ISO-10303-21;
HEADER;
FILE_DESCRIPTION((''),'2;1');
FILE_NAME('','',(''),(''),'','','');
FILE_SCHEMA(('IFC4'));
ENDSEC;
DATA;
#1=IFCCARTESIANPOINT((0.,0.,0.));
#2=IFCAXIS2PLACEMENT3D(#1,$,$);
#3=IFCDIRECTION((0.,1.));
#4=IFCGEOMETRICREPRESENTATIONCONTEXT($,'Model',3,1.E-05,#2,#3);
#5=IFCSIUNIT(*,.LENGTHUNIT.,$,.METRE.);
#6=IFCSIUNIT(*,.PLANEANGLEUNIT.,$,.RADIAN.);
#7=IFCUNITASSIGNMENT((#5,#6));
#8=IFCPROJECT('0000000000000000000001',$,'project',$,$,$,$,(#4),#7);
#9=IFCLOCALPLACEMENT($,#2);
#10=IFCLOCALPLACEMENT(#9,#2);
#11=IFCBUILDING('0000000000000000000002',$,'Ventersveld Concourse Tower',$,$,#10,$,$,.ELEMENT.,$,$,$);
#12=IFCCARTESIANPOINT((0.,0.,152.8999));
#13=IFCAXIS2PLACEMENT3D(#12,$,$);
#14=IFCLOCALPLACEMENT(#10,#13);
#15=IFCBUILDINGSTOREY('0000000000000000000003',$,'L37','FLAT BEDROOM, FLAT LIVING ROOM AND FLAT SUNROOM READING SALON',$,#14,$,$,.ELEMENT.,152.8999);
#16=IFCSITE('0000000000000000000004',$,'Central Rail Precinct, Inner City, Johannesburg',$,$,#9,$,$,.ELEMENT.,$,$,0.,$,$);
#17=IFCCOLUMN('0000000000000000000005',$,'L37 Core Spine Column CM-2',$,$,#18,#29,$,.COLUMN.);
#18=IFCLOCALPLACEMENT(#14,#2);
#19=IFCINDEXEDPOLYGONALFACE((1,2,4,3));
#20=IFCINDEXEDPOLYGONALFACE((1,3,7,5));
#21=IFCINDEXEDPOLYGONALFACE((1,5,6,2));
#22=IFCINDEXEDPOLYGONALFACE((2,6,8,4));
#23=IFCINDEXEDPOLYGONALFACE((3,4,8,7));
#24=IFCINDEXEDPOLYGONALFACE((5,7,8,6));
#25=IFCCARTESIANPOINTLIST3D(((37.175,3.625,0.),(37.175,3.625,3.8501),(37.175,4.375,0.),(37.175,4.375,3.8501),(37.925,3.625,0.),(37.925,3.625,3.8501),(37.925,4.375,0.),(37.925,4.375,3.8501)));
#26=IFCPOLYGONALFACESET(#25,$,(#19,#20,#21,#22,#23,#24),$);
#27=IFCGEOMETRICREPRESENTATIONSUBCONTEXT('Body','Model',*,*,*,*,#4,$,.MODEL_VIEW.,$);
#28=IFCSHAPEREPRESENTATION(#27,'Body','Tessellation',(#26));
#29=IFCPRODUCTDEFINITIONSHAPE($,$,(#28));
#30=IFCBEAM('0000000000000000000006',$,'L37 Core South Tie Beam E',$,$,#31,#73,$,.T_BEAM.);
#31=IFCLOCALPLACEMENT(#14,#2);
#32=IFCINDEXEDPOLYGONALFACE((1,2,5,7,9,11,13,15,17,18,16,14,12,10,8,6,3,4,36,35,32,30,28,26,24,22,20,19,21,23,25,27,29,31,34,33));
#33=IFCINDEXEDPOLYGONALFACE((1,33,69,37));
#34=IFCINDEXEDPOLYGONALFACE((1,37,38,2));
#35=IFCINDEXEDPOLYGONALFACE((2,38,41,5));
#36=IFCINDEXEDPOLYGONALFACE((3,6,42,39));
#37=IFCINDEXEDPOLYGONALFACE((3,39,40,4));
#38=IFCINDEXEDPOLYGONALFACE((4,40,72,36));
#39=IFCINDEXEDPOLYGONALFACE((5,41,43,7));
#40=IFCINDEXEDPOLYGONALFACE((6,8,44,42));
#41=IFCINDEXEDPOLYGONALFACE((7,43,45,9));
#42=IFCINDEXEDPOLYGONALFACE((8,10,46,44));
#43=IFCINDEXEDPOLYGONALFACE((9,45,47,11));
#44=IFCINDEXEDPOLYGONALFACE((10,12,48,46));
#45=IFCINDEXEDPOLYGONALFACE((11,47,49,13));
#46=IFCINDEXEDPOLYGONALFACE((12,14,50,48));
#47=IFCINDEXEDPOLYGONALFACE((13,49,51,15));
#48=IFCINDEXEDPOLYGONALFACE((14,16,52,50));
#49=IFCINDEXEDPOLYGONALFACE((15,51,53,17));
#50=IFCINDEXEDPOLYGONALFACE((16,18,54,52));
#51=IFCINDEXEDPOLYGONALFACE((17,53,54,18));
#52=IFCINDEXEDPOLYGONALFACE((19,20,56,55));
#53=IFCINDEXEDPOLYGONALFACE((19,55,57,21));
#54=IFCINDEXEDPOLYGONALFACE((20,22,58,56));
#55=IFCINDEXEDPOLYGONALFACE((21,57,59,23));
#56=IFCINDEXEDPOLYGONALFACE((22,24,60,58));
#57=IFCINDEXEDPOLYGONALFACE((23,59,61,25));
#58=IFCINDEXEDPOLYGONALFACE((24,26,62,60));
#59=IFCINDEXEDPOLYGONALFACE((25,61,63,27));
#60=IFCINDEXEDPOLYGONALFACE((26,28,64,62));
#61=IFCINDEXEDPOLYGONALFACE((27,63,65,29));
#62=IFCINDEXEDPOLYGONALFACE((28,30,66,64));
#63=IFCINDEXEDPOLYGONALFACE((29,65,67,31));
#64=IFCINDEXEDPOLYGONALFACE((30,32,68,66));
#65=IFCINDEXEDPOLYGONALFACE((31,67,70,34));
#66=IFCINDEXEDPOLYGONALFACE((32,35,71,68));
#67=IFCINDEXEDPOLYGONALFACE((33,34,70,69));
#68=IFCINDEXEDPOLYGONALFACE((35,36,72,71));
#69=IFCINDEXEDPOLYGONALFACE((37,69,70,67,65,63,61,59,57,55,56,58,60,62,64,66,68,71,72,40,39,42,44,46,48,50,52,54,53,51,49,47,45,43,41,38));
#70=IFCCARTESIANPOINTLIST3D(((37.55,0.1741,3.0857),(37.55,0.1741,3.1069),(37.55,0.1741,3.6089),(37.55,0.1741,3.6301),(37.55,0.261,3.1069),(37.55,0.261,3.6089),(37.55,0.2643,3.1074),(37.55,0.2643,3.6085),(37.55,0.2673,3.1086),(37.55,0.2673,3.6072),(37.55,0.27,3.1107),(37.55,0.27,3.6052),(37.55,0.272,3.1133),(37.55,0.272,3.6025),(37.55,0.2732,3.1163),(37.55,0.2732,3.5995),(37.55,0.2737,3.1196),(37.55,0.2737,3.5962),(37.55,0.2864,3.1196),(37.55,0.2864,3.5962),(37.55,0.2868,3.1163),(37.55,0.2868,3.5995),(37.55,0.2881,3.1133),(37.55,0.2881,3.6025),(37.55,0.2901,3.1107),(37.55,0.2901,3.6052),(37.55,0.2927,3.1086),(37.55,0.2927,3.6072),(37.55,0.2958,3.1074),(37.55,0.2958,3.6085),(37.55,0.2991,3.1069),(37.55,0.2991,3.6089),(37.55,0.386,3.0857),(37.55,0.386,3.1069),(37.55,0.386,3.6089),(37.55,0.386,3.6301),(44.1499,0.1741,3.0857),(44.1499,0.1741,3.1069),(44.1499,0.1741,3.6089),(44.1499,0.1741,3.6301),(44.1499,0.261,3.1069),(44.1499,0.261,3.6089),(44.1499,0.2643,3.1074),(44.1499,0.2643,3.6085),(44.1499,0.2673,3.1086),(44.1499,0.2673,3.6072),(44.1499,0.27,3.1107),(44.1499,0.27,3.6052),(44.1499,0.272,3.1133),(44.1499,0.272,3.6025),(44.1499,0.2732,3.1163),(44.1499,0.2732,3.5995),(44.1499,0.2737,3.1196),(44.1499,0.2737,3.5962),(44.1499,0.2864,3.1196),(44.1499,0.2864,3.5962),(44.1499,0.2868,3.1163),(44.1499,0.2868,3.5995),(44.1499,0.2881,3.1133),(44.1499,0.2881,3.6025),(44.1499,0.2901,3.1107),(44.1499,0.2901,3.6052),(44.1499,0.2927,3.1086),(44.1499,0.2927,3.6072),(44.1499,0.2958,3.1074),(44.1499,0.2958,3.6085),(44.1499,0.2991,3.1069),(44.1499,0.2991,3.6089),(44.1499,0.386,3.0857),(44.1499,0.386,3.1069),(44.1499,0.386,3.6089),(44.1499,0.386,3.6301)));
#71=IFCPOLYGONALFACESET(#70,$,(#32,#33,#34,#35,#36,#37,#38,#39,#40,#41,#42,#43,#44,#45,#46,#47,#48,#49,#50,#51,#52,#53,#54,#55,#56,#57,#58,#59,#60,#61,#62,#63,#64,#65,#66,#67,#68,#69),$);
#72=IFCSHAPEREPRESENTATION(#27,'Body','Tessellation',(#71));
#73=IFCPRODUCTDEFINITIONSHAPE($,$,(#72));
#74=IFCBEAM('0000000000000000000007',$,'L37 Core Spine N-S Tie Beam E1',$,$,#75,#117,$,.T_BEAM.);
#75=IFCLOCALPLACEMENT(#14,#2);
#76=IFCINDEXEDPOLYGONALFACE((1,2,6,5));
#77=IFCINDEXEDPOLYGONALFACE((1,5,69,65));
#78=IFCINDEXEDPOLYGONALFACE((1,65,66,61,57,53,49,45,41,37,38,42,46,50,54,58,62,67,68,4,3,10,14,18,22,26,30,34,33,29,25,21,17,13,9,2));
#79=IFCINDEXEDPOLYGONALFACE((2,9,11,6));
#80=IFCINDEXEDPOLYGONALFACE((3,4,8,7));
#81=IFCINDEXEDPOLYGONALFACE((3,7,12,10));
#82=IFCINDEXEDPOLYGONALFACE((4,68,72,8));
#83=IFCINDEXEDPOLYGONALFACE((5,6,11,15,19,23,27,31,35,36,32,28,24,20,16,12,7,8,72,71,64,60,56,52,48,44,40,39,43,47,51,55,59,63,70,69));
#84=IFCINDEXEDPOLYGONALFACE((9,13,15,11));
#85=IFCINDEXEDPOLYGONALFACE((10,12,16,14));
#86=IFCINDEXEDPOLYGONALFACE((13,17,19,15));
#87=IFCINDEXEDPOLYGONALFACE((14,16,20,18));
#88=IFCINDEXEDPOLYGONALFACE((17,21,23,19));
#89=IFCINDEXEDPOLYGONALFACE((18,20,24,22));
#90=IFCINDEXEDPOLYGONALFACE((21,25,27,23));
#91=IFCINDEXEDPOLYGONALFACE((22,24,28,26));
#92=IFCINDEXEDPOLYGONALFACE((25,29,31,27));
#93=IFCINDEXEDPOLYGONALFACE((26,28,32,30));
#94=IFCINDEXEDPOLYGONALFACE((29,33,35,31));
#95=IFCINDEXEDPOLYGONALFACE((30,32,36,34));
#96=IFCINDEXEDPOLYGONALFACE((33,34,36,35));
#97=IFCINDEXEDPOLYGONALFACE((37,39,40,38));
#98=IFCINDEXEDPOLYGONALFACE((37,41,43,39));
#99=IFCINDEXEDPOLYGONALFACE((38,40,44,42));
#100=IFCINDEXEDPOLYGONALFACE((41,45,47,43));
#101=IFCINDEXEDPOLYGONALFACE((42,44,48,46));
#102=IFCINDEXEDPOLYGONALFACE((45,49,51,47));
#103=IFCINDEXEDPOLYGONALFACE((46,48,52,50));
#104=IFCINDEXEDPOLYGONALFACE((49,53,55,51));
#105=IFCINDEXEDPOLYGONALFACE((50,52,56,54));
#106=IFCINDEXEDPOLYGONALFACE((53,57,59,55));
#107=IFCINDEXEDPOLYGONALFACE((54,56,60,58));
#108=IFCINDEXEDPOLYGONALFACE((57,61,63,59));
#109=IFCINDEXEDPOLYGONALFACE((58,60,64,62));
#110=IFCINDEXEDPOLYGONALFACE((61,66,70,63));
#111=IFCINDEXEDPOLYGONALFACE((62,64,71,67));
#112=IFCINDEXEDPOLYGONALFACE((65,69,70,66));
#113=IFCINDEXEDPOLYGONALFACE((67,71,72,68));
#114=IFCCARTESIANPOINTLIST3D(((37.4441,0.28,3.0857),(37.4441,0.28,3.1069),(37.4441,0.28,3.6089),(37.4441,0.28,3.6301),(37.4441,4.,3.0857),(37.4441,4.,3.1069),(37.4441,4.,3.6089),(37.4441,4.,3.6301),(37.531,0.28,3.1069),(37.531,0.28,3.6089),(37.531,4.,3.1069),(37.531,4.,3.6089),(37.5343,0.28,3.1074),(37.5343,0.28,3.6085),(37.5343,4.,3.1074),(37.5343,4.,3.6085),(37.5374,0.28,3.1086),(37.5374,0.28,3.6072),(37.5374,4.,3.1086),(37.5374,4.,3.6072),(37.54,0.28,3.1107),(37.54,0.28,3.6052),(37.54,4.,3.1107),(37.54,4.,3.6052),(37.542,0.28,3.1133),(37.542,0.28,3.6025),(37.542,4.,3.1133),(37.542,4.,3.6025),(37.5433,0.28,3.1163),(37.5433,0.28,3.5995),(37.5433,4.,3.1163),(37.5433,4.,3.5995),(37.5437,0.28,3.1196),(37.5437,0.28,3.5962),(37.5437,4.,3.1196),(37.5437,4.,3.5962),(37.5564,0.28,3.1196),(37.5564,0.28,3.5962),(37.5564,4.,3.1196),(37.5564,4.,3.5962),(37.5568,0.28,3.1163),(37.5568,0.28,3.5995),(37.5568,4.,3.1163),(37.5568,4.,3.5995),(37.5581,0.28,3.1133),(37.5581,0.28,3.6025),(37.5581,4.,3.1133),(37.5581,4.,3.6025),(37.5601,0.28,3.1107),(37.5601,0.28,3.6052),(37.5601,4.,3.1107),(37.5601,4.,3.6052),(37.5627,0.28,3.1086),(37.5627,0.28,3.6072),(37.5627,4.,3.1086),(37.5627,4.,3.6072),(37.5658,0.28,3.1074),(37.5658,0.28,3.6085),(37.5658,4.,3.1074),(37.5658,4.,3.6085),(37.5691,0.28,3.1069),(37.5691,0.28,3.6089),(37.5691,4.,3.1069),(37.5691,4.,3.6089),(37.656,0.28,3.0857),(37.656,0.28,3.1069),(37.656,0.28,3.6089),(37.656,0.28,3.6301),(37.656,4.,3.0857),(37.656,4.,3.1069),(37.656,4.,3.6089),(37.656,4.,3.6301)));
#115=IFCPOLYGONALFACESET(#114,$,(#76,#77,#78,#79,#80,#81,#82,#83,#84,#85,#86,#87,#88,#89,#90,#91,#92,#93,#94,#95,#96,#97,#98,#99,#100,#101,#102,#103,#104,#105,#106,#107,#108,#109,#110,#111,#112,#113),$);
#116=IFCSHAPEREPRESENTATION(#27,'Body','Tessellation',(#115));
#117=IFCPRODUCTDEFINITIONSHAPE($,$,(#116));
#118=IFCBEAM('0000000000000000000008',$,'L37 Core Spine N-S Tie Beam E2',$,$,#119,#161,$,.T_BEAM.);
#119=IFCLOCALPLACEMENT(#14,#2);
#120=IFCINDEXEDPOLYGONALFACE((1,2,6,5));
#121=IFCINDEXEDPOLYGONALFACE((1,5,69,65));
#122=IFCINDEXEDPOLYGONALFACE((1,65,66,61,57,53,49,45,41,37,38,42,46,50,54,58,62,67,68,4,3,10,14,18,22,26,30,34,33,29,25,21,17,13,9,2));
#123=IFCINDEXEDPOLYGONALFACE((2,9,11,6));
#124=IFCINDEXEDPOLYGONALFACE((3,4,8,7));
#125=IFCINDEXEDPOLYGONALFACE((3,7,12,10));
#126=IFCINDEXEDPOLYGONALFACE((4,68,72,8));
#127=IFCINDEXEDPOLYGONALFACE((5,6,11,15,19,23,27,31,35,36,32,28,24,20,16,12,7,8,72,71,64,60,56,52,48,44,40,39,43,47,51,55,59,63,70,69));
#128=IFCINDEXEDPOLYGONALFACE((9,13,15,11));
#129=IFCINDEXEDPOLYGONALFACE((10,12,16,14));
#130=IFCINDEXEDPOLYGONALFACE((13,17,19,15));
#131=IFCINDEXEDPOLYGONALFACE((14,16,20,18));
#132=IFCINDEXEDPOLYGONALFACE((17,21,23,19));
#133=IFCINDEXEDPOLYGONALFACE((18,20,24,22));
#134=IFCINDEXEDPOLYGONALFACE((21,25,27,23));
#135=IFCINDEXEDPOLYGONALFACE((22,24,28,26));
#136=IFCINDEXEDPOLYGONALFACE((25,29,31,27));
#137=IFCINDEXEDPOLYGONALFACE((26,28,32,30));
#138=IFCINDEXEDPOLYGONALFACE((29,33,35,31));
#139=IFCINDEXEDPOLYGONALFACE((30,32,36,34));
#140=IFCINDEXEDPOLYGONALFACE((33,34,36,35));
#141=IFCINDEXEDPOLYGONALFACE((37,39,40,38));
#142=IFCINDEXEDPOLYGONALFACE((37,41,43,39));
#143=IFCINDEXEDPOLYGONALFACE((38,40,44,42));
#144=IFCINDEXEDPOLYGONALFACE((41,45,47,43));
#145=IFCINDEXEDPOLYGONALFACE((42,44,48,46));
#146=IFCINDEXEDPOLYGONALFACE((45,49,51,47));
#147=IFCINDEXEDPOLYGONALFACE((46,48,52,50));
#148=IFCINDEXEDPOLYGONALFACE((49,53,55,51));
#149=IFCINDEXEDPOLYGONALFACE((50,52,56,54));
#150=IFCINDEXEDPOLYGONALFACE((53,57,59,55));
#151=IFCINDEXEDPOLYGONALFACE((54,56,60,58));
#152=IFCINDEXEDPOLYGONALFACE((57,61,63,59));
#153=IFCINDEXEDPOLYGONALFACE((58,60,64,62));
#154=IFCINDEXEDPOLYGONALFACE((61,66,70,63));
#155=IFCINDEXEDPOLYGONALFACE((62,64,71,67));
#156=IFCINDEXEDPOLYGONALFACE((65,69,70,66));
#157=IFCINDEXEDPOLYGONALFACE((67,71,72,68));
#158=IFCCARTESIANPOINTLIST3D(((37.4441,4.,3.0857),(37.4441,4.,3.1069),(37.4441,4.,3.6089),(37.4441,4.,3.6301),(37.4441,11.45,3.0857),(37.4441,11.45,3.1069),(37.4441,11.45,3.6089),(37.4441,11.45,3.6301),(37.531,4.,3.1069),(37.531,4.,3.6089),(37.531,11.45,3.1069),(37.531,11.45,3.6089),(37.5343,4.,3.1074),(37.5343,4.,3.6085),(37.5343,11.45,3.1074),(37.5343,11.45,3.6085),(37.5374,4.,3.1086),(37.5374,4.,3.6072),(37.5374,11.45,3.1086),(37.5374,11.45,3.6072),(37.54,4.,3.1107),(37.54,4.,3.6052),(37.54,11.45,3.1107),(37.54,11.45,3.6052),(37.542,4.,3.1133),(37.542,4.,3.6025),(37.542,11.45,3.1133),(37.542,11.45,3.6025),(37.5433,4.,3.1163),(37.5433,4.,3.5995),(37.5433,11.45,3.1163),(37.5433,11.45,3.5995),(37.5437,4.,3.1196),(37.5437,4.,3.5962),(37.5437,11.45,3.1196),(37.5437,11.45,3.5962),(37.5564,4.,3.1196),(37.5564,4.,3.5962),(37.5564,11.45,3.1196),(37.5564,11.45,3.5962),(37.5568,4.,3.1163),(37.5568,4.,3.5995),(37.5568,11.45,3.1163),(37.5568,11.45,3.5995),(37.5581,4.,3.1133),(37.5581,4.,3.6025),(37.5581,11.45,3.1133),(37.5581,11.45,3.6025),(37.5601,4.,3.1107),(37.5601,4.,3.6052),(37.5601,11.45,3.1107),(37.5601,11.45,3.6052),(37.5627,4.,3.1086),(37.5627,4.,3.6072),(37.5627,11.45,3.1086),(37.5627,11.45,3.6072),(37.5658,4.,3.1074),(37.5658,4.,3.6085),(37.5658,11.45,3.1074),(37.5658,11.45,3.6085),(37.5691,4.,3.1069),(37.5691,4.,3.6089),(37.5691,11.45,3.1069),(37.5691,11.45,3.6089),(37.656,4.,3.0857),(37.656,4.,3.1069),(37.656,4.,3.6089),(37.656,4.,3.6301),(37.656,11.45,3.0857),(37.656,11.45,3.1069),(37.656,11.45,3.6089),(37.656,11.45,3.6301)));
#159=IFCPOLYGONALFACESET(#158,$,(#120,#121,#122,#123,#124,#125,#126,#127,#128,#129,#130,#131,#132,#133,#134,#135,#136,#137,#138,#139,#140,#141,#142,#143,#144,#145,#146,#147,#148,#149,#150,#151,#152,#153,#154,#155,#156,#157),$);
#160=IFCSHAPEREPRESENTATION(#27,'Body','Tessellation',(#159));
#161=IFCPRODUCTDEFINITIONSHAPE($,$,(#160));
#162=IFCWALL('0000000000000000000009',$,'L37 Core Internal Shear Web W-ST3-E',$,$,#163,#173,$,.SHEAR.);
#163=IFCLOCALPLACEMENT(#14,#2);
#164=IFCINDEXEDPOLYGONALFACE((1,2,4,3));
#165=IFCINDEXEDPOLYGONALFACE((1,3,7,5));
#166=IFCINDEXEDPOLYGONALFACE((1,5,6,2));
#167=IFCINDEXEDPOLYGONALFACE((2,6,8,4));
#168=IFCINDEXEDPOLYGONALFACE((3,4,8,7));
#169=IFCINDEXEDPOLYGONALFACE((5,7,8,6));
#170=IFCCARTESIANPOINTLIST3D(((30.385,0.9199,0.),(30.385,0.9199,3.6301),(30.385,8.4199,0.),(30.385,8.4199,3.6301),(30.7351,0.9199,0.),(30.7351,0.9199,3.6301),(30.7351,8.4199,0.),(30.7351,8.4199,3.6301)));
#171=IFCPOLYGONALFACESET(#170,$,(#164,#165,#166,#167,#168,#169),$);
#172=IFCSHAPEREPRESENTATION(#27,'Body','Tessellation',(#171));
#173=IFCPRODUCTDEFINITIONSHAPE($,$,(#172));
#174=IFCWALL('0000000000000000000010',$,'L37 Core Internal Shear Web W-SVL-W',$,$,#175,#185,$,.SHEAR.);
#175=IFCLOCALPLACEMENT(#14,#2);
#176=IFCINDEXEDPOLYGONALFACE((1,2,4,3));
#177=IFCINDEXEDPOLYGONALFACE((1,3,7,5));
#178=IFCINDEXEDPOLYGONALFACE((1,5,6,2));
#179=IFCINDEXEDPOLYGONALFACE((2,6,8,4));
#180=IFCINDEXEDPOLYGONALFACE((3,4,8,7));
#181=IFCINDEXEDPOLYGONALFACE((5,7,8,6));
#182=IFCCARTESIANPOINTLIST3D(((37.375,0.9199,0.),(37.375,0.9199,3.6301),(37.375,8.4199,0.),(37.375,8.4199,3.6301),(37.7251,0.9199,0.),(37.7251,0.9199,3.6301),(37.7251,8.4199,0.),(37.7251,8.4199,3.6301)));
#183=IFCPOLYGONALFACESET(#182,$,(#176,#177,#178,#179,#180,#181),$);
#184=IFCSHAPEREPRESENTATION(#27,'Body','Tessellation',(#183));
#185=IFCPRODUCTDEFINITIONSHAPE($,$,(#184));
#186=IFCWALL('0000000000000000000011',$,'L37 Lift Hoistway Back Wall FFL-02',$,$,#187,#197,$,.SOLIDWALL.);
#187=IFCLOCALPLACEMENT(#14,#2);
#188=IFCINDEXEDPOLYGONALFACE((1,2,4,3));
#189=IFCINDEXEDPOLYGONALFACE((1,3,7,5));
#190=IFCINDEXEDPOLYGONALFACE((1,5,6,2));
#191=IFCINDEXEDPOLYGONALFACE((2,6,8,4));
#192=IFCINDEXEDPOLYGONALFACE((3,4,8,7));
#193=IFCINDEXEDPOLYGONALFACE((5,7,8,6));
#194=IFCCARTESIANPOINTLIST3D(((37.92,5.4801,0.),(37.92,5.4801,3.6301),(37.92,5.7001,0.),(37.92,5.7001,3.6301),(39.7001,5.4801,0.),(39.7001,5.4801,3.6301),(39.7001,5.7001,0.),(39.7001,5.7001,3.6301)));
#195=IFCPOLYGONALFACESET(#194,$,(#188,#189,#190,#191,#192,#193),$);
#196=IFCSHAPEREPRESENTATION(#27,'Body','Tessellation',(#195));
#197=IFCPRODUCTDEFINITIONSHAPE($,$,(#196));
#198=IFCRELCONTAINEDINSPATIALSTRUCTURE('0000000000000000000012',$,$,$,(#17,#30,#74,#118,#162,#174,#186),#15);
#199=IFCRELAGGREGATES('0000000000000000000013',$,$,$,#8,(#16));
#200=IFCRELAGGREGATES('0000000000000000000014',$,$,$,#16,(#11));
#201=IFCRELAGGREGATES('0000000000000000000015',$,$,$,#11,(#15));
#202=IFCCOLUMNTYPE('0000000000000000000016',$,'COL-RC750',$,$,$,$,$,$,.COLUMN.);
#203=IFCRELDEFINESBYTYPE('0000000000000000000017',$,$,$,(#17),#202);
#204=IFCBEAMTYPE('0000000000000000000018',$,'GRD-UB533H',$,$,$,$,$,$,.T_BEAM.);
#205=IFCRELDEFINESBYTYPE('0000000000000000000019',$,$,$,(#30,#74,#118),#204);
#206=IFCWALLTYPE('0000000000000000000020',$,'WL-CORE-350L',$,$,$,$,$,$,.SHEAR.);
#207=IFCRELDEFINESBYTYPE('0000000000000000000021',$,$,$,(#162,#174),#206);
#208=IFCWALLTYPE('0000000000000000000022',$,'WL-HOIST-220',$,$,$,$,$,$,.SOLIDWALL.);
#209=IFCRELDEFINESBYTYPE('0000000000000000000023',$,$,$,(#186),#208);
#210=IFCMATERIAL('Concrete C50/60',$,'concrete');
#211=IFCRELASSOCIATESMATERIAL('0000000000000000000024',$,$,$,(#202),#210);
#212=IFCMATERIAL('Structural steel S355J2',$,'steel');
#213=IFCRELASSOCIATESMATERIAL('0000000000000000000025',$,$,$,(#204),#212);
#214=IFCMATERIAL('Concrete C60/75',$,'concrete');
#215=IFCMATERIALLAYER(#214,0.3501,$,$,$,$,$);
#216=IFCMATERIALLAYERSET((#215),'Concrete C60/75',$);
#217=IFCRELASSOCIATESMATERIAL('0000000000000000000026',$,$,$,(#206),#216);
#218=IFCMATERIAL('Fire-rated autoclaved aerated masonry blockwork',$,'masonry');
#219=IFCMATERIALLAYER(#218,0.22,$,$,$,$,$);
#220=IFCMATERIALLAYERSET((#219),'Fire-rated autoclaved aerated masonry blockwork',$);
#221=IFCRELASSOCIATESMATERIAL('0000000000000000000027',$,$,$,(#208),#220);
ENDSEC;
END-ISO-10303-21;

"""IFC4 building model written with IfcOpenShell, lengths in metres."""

from ifc_helpers import new_model, si_unit, direction, frame, frame_2d, origin, origin_2d, place, context, subcontext, project, spatial, rectangle, i_section, extrude, material, layer, layer_set, material_profile, profile_set, type_object, element, save


model = new_model("IFC4")

# Units and contexts
model_context = context("Model", 3, precision=1e-05, world=origin(), true_north=direction((0.0, 1.0)))
body_context = subcontext(model_context, "Body", "Model", "MODEL_VIEW")
ifc_project = project(units=[si_unit("LENGTHUNIT", "METRE"), si_unit("PLANEANGLEUNIT", "RADIAN")], contexts=[model_context])

# Site, building, storey
site_placement = place(None, origin())
site = spatial("IfcSite", under=ifc_project, at=site_placement, Name="Central Rail Precinct, Inner City, Johannesburg", CompositionType="ELEMENT", RefElevation=0.0)
building_placement = place(site_placement, origin())
building = spatial("IfcBuilding", under=site, at=building_placement, Name="Ventersveld Concourse Tower", CompositionType="ELEMENT")
storey_placement = place(building_placement, frame((0.0, 0.0, 152.8999)))
storey = spatial("IfcBuildingStorey", under=building, at=storey_placement, Name="L37", Description="FLAT BEDROOM, FLAT LIVING ROOM AND FLAT SUNROOM READING SALON", CompositionType="ELEMENT", Elevation=152.8999)

# Column
ifc_material_1 = material(Name="Concrete C50/60", Category="concrete")
ifc_material_profile_1 = material_profile(ifc_material_1, rectangle(XDim=0.75, YDim=0.75, at=origin_2d()), Name="RC 750x750")
ifc_profile_set_1 = profile_set([ifc_material_profile_1], Name="Concrete C50/60")
column_type = type_object("IfcColumnType", Name="COL-RC750", PredefinedType="COLUMN", material=ifc_profile_set_1)
column_placement = place(storey_placement, frame((37.55, 4.0, 0.0), z_axis=(0.0, 0.0, 1.0), x_axis=(1.0, 0.0, 0.0)))
element("IfcColumn", 1, at=column_placement, inside=storey, type_object=column_type, Name="L37 Core Spine Column CM-2", PredefinedType="COLUMN", context=body_context, shape_type="SweptSolid", body=[
    extrude(rectangle(XDim=0.75, YDim=0.75, at=origin_2d()), origin(), (0.0, 0.0, 1.0), 3.8501),
])

# Beams
ifc_material_2 = material(Name="Structural steel S355J2", Category="steel")
ifc_material_profile_2 = material_profile(ifc_material_2, i_section(OverallWidth=0.2119, OverallDepth=0.5444, WebThickness=0.0127, FlangeThickness=0.0212, FilletRadius=0.0127, at=origin_2d()), Name="UB 533x210x122")
ifc_profile_set_2 = profile_set([ifc_material_profile_2], Name="Structural steel S355J2")
beam_type = type_object("IfcBeamType", Name="GRD-UB533H", PredefinedType="T_BEAM", material=ifc_profile_set_2)
beam_1_placement = place(storey_placement, frame((37.55, 0.28, 3.3579), z_axis=(1.0, 0.0, 0.0), x_axis=(0.0, 1.0, 0.0)))
element("IfcBeam", 2, at=beam_1_placement, inside=storey, type_object=beam_type, Name="L37 Core South Tie Beam E", PredefinedType="T_BEAM", context=body_context, shape_type="SweptSolid", body=[
    extrude(i_section(OverallWidth=0.2119, OverallDepth=0.5444, WebThickness=0.0127, FlangeThickness=0.0212, FilletRadius=0.0127, at=origin_2d()), origin(), (0.0, 0.0, 1.0), 6.5999),
])
beam_2_placement = place(storey_placement, frame((37.55, 0.28, 3.3579), z_axis=(0.0, 1.0, 0.0), x_axis=(-1.0, 0.0, 0.0)))
element("IfcBeam", 3, at=beam_2_placement, inside=storey, type_object=beam_type, Name="L37 Core Spine N-S Tie Beam E1", PredefinedType="T_BEAM", context=body_context, shape_type="SweptSolid", body=[
    extrude(i_section(OverallWidth=0.2119, OverallDepth=0.5444, WebThickness=0.0127, FlangeThickness=0.0212, FilletRadius=0.0127, at=origin_2d()), origin(), (0.0, 0.0, 1.0), 3.72),
])
beam_3_placement = place(storey_placement, frame((37.55, 4.0, 3.3579), z_axis=(0.0, 1.0, 0.0), x_axis=(-1.0, 0.0, 0.0)))
element("IfcBeam", 4, at=beam_3_placement, inside=storey, type_object=beam_type, Name="L37 Core Spine N-S Tie Beam E2", PredefinedType="T_BEAM", context=body_context, shape_type="SweptSolid", body=[
    extrude(i_section(OverallWidth=0.2119, OverallDepth=0.5444, WebThickness=0.0127, FlangeThickness=0.0212, FilletRadius=0.0127, at=origin_2d()), origin(), (0.0, 0.0, 1.0), 7.45),
])

# Walls
ifc_material_3 = material(Name="Concrete C60/75", Category="concrete")
ifc_layer_1 = layer(ifc_material_3, 0.3501)
ifc_layer_set_1 = layer_set([ifc_layer_1], Name="Concrete C60/75")
wall_type_1 = type_object("IfcWallType", Name="WL-CORE-350L", PredefinedType="SHEAR", material=ifc_layer_set_1)
for number, where, z_axis, x_axis, name in (
    (5, (30.5601, 0.9199, 0.0), (0.0, 0.0, 1.0), (0.0, 1.0, 0.0), "L37 Core Internal Shear Web W-ST3-E"),
    (6, (37.55, 0.9199, 0.0), (0.0, 0.0, 1.0), (0.0, 1.0, 0.0), "L37 Core Internal Shear Web W-SVL-W"),
):
    element("IfcWall", number, at=place(storey_placement, frame(where, z_axis=z_axis, x_axis=x_axis)), inside=storey, type_object=wall_type_1, Name=name, PredefinedType="SHEAR", context=body_context, shape_type="SweptSolid", body=[
        extrude(rectangle(XDim=7.5, YDim=0.3501, at=frame_2d((3.75, 0.0))), origin(), (0.0, 0.0, 1.0), 3.6301),
    ])
ifc_material_4 = material(Name="Fire-rated autoclaved aerated masonry blockwork", Category="masonry")
ifc_layer_2 = layer(ifc_material_4, 0.22)
ifc_layer_set_2 = layer_set([ifc_layer_2], Name="Fire-rated autoclaved aerated masonry blockwork")
wall_type_2 = type_object("IfcWallType", Name="WL-HOIST-220", PredefinedType="SOLIDWALL", material=ifc_layer_set_2)
wall_1_placement = place(storey_placement, frame((37.9199, 5.5901, 0.0), z_axis=(0.0, 0.0, 1.0), x_axis=(1.0, 0.0, 0.0)))
element("IfcWall", 7, at=wall_1_placement, inside=storey, type_object=wall_type_2, Name="L37 Lift Hoistway Back Wall FFL-02", PredefinedType="SOLIDWALL", context=body_context, shape_type="SweptSolid", body=[
    extrude(rectangle(XDim=1.78, YDim=0.22, at=frame_2d((0.8901, 0.0))), origin(), (0.0, 0.0, 1.0), 3.6301),
])

save(model, "model.ifc")
